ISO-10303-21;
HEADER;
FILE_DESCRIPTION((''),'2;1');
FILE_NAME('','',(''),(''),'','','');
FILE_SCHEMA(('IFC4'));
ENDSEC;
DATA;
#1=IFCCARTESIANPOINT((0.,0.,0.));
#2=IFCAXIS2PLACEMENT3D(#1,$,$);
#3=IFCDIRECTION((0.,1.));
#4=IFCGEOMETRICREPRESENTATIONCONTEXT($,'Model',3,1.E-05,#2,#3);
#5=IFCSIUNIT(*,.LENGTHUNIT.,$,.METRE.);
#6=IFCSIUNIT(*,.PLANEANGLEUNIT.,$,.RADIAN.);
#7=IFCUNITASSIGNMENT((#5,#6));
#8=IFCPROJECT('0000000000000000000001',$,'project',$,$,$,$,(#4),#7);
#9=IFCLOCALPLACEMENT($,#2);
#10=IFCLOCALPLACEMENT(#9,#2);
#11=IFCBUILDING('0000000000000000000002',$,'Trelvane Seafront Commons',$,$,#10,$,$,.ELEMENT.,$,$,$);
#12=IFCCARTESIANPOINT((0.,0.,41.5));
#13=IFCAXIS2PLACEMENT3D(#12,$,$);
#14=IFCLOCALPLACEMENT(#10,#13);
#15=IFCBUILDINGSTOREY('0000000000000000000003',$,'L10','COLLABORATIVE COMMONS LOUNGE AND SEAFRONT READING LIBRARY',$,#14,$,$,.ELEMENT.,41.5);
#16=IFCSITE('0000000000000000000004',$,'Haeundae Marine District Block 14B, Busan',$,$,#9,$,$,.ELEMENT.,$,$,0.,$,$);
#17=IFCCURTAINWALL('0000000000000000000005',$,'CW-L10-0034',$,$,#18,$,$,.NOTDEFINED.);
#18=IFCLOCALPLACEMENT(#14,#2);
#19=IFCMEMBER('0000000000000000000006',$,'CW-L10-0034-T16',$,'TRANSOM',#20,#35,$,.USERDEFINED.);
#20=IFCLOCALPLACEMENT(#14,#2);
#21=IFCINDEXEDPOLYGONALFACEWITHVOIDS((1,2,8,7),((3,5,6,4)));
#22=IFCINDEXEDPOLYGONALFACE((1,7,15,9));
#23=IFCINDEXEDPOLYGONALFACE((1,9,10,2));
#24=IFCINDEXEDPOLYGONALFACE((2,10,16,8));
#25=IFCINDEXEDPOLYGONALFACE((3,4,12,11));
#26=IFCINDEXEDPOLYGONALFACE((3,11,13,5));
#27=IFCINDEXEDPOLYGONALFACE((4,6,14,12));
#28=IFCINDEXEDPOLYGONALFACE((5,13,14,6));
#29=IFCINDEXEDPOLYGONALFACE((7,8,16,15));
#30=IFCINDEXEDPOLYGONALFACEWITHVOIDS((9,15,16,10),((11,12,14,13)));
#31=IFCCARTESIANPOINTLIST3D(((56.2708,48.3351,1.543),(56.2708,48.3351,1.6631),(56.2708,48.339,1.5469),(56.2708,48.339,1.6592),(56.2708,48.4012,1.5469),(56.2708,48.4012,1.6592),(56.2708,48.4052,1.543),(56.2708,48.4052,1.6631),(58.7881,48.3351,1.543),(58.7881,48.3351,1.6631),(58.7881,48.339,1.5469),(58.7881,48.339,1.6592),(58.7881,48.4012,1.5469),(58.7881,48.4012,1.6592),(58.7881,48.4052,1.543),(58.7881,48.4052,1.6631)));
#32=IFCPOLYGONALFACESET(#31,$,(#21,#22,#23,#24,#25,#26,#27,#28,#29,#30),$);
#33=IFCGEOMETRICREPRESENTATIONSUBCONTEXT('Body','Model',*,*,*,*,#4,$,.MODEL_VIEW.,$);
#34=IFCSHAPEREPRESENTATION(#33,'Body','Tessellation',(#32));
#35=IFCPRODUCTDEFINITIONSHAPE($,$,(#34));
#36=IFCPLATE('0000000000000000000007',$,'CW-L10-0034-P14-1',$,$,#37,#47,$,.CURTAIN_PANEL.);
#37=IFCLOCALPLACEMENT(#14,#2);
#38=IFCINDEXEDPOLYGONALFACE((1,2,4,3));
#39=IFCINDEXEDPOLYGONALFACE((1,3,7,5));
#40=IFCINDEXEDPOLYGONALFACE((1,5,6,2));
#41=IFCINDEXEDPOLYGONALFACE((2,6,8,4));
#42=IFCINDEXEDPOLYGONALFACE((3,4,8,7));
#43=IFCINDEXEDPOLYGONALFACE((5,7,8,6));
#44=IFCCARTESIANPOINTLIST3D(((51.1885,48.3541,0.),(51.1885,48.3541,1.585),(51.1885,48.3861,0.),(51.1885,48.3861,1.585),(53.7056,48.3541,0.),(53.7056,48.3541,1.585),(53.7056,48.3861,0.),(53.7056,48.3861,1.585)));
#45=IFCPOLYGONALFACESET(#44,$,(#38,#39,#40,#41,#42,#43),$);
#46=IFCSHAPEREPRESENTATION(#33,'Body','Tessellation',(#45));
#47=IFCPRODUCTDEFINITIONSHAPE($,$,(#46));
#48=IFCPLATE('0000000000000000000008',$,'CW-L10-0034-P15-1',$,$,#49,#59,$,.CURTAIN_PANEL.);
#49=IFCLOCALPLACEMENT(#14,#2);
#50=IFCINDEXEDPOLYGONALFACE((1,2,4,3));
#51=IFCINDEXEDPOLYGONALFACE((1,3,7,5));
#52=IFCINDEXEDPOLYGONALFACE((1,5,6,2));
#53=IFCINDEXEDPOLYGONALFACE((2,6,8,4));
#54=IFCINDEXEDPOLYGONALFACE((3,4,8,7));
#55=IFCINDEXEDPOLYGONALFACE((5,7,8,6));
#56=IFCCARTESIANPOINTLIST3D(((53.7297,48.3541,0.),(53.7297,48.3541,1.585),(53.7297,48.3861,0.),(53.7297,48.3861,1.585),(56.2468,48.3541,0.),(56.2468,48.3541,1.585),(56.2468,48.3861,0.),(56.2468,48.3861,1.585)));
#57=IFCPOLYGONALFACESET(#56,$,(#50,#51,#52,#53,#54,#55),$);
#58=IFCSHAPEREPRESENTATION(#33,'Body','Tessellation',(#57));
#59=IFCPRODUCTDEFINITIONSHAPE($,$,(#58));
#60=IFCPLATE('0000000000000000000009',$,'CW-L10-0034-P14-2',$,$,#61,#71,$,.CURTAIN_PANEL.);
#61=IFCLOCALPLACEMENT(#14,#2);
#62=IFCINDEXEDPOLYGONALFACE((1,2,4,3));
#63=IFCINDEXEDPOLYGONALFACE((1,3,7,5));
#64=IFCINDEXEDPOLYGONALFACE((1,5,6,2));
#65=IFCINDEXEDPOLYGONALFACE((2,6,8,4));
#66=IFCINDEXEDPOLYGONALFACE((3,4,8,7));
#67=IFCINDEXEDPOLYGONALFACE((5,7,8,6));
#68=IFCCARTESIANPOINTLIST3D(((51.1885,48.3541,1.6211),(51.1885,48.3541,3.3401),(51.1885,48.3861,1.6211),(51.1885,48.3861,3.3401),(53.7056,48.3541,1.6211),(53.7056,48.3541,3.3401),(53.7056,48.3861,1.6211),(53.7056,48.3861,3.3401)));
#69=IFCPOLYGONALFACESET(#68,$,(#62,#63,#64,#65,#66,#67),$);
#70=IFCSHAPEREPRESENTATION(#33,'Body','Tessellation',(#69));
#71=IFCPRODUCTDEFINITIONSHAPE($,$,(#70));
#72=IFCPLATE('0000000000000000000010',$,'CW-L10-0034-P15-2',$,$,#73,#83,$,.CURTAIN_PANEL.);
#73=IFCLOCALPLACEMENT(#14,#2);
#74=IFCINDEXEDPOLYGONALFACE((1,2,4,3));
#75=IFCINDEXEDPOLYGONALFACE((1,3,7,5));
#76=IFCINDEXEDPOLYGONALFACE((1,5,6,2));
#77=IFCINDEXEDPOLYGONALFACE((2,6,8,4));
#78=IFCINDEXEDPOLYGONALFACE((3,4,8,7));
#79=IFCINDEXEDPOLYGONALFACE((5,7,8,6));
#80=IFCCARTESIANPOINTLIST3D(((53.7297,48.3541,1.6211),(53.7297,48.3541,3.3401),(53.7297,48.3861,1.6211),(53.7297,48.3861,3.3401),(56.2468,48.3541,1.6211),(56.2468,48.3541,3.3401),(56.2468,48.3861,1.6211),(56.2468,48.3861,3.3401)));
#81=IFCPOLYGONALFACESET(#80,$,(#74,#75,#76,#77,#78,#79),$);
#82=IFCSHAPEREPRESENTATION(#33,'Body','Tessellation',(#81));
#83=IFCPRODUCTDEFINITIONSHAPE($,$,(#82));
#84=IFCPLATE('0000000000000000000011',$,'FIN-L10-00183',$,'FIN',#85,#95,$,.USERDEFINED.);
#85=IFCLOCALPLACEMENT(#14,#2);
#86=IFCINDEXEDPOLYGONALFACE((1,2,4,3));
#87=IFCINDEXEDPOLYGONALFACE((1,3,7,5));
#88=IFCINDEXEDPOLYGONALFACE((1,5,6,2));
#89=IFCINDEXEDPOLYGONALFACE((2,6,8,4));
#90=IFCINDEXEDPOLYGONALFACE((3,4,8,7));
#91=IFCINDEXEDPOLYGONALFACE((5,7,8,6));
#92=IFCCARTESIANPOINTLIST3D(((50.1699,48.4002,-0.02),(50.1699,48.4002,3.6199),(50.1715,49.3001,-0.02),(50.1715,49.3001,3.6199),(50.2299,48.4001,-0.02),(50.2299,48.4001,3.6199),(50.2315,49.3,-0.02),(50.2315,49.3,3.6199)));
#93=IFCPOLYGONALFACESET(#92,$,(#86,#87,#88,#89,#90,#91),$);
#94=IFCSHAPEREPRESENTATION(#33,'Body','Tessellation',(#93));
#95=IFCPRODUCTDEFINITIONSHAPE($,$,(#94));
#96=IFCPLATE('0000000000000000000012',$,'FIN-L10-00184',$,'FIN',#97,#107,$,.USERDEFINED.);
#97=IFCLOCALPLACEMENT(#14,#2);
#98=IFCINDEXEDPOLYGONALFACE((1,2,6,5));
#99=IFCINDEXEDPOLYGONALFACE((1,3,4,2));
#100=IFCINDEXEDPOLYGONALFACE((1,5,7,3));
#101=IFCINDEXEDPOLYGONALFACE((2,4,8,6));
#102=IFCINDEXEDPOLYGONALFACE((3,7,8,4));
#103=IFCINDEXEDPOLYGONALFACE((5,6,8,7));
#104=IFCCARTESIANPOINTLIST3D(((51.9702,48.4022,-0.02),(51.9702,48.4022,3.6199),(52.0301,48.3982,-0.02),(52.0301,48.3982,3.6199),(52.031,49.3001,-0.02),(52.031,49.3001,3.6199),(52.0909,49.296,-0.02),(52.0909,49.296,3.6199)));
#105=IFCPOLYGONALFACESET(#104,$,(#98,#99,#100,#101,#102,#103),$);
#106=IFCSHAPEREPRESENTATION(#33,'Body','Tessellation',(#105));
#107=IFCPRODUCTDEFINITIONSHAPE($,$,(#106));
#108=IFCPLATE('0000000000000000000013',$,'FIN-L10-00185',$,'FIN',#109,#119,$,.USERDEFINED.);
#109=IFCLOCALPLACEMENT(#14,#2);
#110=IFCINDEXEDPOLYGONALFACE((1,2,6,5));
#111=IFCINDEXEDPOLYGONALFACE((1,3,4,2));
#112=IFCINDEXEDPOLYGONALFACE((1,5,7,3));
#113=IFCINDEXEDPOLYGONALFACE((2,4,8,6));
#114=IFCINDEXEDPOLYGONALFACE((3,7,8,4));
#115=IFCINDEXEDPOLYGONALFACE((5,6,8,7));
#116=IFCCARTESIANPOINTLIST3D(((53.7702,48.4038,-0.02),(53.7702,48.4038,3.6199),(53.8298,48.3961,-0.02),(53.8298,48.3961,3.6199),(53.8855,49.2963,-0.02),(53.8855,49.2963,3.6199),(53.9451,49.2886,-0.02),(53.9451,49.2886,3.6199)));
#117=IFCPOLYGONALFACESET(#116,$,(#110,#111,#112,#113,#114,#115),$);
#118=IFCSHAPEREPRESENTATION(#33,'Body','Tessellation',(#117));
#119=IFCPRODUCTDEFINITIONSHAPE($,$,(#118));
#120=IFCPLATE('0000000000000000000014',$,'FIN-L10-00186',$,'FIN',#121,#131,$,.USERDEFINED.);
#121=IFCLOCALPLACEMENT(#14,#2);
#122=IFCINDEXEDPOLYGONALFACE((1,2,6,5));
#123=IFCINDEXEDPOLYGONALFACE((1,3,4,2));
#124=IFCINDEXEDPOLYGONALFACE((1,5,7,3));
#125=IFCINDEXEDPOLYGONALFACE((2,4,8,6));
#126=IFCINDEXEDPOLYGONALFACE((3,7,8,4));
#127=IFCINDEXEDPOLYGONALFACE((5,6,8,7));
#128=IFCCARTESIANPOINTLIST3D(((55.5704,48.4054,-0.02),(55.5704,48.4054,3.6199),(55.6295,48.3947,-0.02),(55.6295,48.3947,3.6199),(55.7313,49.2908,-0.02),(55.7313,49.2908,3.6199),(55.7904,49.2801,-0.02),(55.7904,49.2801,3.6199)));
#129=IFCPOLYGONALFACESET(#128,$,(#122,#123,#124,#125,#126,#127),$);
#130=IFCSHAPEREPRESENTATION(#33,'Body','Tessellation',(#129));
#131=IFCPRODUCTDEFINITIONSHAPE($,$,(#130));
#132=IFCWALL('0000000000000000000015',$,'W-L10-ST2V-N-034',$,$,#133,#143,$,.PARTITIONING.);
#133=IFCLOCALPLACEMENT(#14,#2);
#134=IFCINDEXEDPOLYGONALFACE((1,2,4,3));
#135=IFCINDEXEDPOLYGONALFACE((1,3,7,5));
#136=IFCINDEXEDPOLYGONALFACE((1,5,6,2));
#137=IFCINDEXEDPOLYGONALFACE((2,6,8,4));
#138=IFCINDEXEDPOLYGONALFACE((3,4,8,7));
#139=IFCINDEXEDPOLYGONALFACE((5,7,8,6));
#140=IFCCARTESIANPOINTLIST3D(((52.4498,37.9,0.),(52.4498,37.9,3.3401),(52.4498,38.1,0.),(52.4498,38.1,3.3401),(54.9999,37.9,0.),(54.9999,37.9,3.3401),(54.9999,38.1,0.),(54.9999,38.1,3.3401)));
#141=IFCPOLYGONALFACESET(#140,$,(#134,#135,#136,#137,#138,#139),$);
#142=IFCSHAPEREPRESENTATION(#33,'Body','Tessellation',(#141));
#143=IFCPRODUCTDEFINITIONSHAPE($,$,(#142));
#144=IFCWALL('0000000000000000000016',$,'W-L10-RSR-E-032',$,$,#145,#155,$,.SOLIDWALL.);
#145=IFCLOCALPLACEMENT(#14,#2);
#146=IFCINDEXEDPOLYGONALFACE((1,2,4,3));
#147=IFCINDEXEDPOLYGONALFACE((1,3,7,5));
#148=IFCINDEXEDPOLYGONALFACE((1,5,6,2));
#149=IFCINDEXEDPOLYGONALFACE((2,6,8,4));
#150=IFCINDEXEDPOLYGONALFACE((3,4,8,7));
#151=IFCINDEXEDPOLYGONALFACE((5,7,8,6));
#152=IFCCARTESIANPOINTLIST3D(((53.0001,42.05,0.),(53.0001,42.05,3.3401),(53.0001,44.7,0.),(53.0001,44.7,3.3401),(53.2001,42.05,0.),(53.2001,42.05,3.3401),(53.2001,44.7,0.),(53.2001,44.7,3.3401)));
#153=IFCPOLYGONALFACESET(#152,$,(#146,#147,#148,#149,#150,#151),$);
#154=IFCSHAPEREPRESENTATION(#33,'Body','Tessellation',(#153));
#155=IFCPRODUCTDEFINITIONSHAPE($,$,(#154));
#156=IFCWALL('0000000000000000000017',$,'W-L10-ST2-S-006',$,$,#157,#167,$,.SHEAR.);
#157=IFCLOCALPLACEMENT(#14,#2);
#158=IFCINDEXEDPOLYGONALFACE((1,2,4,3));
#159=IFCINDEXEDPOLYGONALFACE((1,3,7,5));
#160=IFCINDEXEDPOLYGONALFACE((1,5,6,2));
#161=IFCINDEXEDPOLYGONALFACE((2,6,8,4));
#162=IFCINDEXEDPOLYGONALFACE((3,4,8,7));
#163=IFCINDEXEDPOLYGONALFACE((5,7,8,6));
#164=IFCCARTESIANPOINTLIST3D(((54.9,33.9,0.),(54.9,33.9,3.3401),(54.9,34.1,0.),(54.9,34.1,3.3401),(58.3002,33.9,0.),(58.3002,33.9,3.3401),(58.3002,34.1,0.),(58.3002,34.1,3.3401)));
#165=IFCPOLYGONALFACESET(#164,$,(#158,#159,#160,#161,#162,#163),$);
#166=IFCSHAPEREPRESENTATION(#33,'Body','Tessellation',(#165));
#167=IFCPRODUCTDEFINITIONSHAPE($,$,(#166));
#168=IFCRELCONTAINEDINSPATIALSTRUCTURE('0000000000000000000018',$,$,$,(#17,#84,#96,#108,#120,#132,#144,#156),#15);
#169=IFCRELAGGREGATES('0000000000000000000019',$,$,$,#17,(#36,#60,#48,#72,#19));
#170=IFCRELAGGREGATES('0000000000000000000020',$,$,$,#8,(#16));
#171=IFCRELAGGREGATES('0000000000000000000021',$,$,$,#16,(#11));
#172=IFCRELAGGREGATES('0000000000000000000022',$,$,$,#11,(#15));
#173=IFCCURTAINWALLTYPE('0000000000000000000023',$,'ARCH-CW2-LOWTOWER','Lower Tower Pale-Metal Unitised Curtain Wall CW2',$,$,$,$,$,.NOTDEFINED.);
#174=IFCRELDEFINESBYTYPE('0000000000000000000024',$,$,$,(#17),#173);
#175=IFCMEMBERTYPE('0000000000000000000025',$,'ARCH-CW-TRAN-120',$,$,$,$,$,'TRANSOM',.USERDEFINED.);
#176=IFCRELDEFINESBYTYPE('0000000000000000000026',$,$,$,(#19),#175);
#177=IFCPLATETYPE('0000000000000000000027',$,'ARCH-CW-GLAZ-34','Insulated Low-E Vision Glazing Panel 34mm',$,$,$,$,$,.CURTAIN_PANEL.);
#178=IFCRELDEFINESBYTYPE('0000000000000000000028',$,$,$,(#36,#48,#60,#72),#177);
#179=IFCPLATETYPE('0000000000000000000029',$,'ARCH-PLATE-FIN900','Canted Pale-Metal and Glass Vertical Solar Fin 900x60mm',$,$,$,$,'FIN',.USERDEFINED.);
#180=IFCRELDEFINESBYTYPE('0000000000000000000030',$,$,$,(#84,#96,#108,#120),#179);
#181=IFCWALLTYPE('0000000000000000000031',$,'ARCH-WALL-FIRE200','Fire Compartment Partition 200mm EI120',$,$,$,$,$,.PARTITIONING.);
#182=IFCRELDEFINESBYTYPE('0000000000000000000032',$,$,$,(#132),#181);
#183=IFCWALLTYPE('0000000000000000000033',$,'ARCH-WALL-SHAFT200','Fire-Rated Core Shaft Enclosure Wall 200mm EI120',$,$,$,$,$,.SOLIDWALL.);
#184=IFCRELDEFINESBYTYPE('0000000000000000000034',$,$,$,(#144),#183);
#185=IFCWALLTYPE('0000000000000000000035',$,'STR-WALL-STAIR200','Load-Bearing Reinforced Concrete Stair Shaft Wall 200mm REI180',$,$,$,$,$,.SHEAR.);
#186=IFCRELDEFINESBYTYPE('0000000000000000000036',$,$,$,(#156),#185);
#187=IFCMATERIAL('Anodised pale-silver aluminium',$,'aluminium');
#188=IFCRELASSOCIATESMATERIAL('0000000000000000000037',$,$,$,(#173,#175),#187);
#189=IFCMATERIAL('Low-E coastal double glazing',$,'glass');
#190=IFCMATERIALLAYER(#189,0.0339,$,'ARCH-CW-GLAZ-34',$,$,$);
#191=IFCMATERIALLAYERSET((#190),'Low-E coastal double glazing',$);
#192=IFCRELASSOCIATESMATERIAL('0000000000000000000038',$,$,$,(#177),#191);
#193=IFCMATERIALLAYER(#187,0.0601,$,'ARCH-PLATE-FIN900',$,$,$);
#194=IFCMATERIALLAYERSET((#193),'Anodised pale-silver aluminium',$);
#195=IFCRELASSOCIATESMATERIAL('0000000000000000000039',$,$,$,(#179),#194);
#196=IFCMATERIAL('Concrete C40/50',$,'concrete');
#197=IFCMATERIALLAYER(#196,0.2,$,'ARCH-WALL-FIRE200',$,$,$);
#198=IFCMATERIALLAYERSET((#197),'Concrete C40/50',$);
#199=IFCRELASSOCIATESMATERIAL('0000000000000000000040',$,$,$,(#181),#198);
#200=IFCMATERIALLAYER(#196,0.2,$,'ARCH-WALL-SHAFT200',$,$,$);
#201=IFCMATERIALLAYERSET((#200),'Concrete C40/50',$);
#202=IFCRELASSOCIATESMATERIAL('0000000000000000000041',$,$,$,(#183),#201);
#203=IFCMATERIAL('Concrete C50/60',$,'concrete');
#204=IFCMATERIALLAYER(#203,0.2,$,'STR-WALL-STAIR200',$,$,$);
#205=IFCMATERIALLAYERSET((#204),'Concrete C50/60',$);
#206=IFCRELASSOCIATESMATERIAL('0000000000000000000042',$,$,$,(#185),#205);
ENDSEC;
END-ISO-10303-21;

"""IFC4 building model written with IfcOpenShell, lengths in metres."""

from ifc_helpers import new_model, si_unit, direction, frame, frame_2d, origin, origin_2d, place, context, subcontext, project, spatial, rectangle, hollow_rectangle, extrude, source, transform, mapped, material, layer, layer_set, material_profile, profile_set, type_object, element, aggregate, save


model = new_model("IFC4")

# Units and contexts
model_context = context("Model", 3, precision=1e-05, world=origin(), true_north=direction((0.0, 1.0)))
body_context = subcontext(model_context, "Body", "Model", "MODEL_VIEW")
ifc_project = project(units=[si_unit("LENGTHUNIT", "METRE"), si_unit("PLANEANGLEUNIT", "RADIAN")], contexts=[model_context])

# Site, building, storey
site_placement = place(None, origin())
site = spatial("IfcSite", under=ifc_project, at=site_placement, Name="Haeundae Marine District Block 14B, Busan", CompositionType="ELEMENT", RefElevation=0.0)
building_placement = place(site_placement, origin())
building = spatial("IfcBuilding", under=site, at=building_placement, Name="Trelvane Seafront Commons", CompositionType="ELEMENT")
storey_placement = place(building_placement, frame((0.0, 0.0, 41.5)))
storey = spatial("IfcBuildingStorey", under=building, at=storey_placement, Name="L10", Description="COLLABORATIVE COMMONS LOUNGE AND SEAFRONT READING LIBRARY", CompositionType="ELEMENT", Elevation=41.5)

# Curtain wall, member, plates
ifc_material_1 = material(Name="Anodised pale-silver aluminium", Category="aluminium")
curtain_wall_type = type_object("IfcCurtainWallType", Name="ARCH-CW2-LOWTOWER", Description="Lower Tower Pale-Metal Unitised Curtain Wall CW2", PredefinedType="NOTDEFINED", material=ifc_material_1)
curtain_wall_placement = place(storey_placement, origin())
curtain_wall = element("IfcCurtainWall", 1, at=curtain_wall_placement, inside=storey, type_object=curtain_wall_type, Name="CW-L10-0034", PredefinedType="NOTDEFINED")
ifc_material_profile_1 = material_profile(ifc_material_1, hollow_rectangle(XDim=0.0701, YDim=0.1201, WallThickness=0.0039, at=origin_2d()), Name="TRAN-70x120x4")
ifc_profile_set_1 = profile_set([ifc_material_profile_1], Name="Anodised pale-silver aluminium")
member_type_1 = type_object("IfcMemberType", Name="ARCH-CW-TRAN-120", ElementType="TRANSOM", PredefinedType="USERDEFINED", material=ifc_profile_set_1)
shared_shape_1 = source(origin(), body_context, "Body", "SweptSolid", [
    extrude(hollow_rectangle(XDim=0.0701, YDim=0.1201, WallThickness=0.0039, at=origin_2d()), origin(), (0.0, 0.0, 1.0), 2.5173),
])
member_1_placement = place(storey_placement, frame((56.2708, 48.3701, 1.603), z_axis=(1.0, 0.0, 0.0), x_axis=(0.0, 1.0, 0.0)))
member_1 = element("IfcMember", 2, at=member_1_placement, type_object=member_type_1, Name="CW-L10-0034-T16", ObjectType="TRANSOM", PredefinedType="USERDEFINED", context=body_context, shape_type="MappedRepresentation", body=[
    mapped(shared_shape_1, transform((0.0, 0.0, 0.0), x_axis=(1.0, 0.0, 0.0), y_axis=(0.0, 1.0, 0.0), z_axis=(0.0, 0.0, 1.0), scale=1.0)),
])
ifc_material_2 = material(Name="Low-E coastal double glazing", Category="glass")
ifc_layer_1 = layer(ifc_material_2, 0.0339, Name="ARCH-CW-GLAZ-34")
ifc_layer_set_1 = layer_set([ifc_layer_1], Name="Low-E coastal double glazing")
plate_type_1 = type_object("IfcPlateType", Name="ARCH-CW-GLAZ-34", Description="Insulated Low-E Vision Glazing Panel 34mm", PredefinedType="CURTAIN_PANEL", material=ifc_layer_set_1)
shared_shape_2 = source(origin(), body_context, "Body", "SweptSolid", [
    extrude(rectangle(XDim=2.5171, YDim=0.032, at=origin_2d()), origin(), (0.0, 0.0, 1.0), 1.585),
])
plate_1_placement = place(storey_placement, frame((52.447, 48.3701, 0.0), z_axis=(0.0, 0.0, 1.0), x_axis=(1.0, 0.0, 0.0)))
plate_1 = element("IfcPlate", 3, at=plate_1_placement, type_object=plate_type_1, Name="CW-L10-0034-P14-1", PredefinedType="CURTAIN_PANEL", context=body_context, shape_type="MappedRepresentation", body=[
    mapped(shared_shape_2, transform((0.0, 0.0, 0.0), x_axis=(1.0, 0.0, 0.0), y_axis=(0.0, 1.0, 0.0), z_axis=(0.0, 0.0, 1.0), scale=1.0)),
])
plate_2_placement = place(storey_placement, frame((54.9883, 48.3701, 0.0), z_axis=(0.0, 0.0, 1.0), x_axis=(1.0, 0.0, 0.0)))
plate_2 = element("IfcPlate", 4, at=plate_2_placement, type_object=plate_type_1, Name="CW-L10-0034-P15-1", PredefinedType="CURTAIN_PANEL", context=body_context, shape_type="MappedRepresentation", body=[
    mapped(shared_shape_2, transform((0.0, 0.0, 0.0), x_axis=(1.0, 0.0, 0.0), y_axis=(0.0, 1.0, 0.0), z_axis=(0.0, 0.0, 1.0), scale=1.0)),
])
shared_shape_3 = source(origin(), body_context, "Body", "SweptSolid", [
    extrude(rectangle(XDim=2.5171, YDim=0.032, at=origin_2d()), origin(), (0.0, 0.0, 1.0), 1.719),
])
plate_3_placement = place(storey_placement, frame((52.447, 48.3701, 1.6211), z_axis=(0.0, 0.0, 1.0), x_axis=(1.0, 0.0, 0.0)))
plate_3 = element("IfcPlate", 5, at=plate_3_placement, type_object=plate_type_1, Name="CW-L10-0034-P14-2", PredefinedType="CURTAIN_PANEL", context=body_context, shape_type="MappedRepresentation", body=[
    mapped(shared_shape_3, transform((0.0, 0.0, 0.0), x_axis=(1.0, 0.0, 0.0), y_axis=(0.0, 1.0, 0.0), z_axis=(0.0, 0.0, 1.0), scale=1.0)),
])
plate_4_placement = place(storey_placement, frame((54.9883, 48.3701, 1.6211), z_axis=(0.0, 0.0, 1.0), x_axis=(1.0, 0.0, 0.0)))
plate_4 = element("IfcPlate", 6, at=plate_4_placement, type_object=plate_type_1, Name="CW-L10-0034-P15-2", PredefinedType="CURTAIN_PANEL", context=body_context, shape_type="MappedRepresentation", body=[
    mapped(shared_shape_3, transform((0.0, 0.0, 0.0), x_axis=(1.0, 0.0, 0.0), y_axis=(0.0, 1.0, 0.0), z_axis=(0.0, 0.0, 1.0), scale=1.0)),
])
aggregate(curtain_wall, [plate_1, plate_3, plate_2, plate_4, member_1])

# Plates
ifc_layer_2 = layer(ifc_material_1, 0.0601, Name="ARCH-PLATE-FIN900")
ifc_layer_set_2 = layer_set([ifc_layer_2], Name="Anodised pale-silver aluminium")
plate_type_2 = type_object("IfcPlateType", Name="ARCH-PLATE-FIN900", Description="Canted Pale-Metal and Glass Vertical Solar Fin 900x60mm", ElementType="FIN", PredefinedType="USERDEFINED", material=ifc_layer_set_2)
shared_shape_4 = source(origin(), body_context, "Body", "SweptSolid", [
    extrude(rectangle(XDim=0.8999, YDim=0.0601, at=origin_2d()), origin(), (0.0, 0.0, 1.0), 3.6399),
])
for number, where, z_axis, x_axis, name in (
    (7, (50.2007, 48.8501, -0.02), (0.0, 0.0, 1.0), (0.001778, 0.999998, 0.0), "FIN-L10-00183"),
    (8, (52.0305, 48.8491, -0.02), (0.0, 0.0, 1.0), (0.067559, 0.997715, 0.0), "FIN-L10-00184"),
    (9, (53.8577, 48.8462, -0.02), (0.0, 0.0, 1.0), (0.128108, 0.99176, 0.0), "FIN-L10-00185"),
    (10, (55.6804, 48.8428, -0.02), (0.0, 0.0, 1.0), (0.178778, 0.983889, 0.0), "FIN-L10-00186"),
):
    element("IfcPlate", number, at=place(storey_placement, frame(where, z_axis=z_axis, x_axis=x_axis)), inside=storey, type_object=plate_type_2, Name=name, ObjectType="FIN", PredefinedType="USERDEFINED", context=body_context, shape_type="MappedRepresentation", body=[
        mapped(shared_shape_4, transform((0.0, 0.0, 0.0), x_axis=(1.0, 0.0, 0.0), y_axis=(0.0, 1.0, 0.0), z_axis=(0.0, 0.0, 1.0), scale=1.0)),
    ])

# Walls
ifc_material_3 = material(Name="Concrete C40/50", Category="concrete")
ifc_layer_3 = layer(ifc_material_3, 0.2, Name="ARCH-WALL-FIRE200")
ifc_layer_set_3 = layer_set([ifc_layer_3], Name="Concrete C40/50")
wall_type_1 = type_object("IfcWallType", Name="ARCH-WALL-FIRE200", Description="Fire Compartment Partition 200mm EI120", PredefinedType="PARTITIONING", material=ifc_layer_set_3)
wall_1_placement = place(storey_placement, frame((52.45, 38.0, 0.0), z_axis=(0.0, 0.0, 1.0), x_axis=(1.0, 0.0, 0.0)))
element("IfcWall", 11, at=wall_1_placement, inside=storey, type_object=wall_type_1, Name="W-L10-ST2V-N-034", PredefinedType="PARTITIONING", context=body_context, shape_type="SweptSolid", body=[
    extrude(rectangle(XDim=2.55, YDim=0.2, at=frame_2d((1.2749, 0.0))), origin(), (0.0, 0.0, 1.0), 3.3401),
])
ifc_layer_4 = layer(ifc_material_3, 0.2, Name="ARCH-WALL-SHAFT200")
ifc_layer_set_4 = layer_set([ifc_layer_4], Name="Concrete C40/50")
wall_type_2 = type_object("IfcWallType", Name="ARCH-WALL-SHAFT200", Description="Fire-Rated Core Shaft Enclosure Wall 200mm EI120", PredefinedType="SOLIDWALL", material=ifc_layer_set_4)
wall_2_placement = place(storey_placement, frame((53.1001, 42.05, 0.0), z_axis=(0.0, 0.0, 1.0), x_axis=(0.0, 1.0, 0.0)))
element("IfcWall", 12, at=wall_2_placement, inside=storey, type_object=wall_type_2, Name="W-L10-RSR-E-032", PredefinedType="SOLIDWALL", context=body_context, shape_type="SweptSolid", body=[
    extrude(rectangle(XDim=2.6499, YDim=0.2, at=frame_2d((1.325, 0.0))), origin(), (0.0, 0.0, 1.0), 3.3401),
])
ifc_material_4 = material(Name="Concrete C50/60", Category="concrete")
ifc_layer_5 = layer(ifc_material_4, 0.2, Name="STR-WALL-STAIR200")
ifc_layer_set_5 = layer_set([ifc_layer_5], Name="Concrete C50/60")
wall_type_3 = type_object("IfcWallType", Name="STR-WALL-STAIR200", Description="Load-Bearing Reinforced Concrete Stair Shaft Wall 200mm REI180", PredefinedType="SHEAR", material=ifc_layer_set_5)
wall_3_placement = place(storey_placement, frame((54.8999, 34.0, 0.0), z_axis=(0.0, 0.0, 1.0), x_axis=(1.0, 0.0, 0.0)))
element("IfcWall", 13, at=wall_3_placement, inside=storey, type_object=wall_type_3, Name="W-L10-ST2-S-006", PredefinedType="SHEAR", context=body_context, shape_type="SweptSolid", body=[
    extrude(rectangle(XDim=3.4001, YDim=0.2, at=frame_2d((1.7002, 0.0))), origin(), (0.0, 0.0, 1.0), 3.3401),
])

save(model, "model.ifc")
